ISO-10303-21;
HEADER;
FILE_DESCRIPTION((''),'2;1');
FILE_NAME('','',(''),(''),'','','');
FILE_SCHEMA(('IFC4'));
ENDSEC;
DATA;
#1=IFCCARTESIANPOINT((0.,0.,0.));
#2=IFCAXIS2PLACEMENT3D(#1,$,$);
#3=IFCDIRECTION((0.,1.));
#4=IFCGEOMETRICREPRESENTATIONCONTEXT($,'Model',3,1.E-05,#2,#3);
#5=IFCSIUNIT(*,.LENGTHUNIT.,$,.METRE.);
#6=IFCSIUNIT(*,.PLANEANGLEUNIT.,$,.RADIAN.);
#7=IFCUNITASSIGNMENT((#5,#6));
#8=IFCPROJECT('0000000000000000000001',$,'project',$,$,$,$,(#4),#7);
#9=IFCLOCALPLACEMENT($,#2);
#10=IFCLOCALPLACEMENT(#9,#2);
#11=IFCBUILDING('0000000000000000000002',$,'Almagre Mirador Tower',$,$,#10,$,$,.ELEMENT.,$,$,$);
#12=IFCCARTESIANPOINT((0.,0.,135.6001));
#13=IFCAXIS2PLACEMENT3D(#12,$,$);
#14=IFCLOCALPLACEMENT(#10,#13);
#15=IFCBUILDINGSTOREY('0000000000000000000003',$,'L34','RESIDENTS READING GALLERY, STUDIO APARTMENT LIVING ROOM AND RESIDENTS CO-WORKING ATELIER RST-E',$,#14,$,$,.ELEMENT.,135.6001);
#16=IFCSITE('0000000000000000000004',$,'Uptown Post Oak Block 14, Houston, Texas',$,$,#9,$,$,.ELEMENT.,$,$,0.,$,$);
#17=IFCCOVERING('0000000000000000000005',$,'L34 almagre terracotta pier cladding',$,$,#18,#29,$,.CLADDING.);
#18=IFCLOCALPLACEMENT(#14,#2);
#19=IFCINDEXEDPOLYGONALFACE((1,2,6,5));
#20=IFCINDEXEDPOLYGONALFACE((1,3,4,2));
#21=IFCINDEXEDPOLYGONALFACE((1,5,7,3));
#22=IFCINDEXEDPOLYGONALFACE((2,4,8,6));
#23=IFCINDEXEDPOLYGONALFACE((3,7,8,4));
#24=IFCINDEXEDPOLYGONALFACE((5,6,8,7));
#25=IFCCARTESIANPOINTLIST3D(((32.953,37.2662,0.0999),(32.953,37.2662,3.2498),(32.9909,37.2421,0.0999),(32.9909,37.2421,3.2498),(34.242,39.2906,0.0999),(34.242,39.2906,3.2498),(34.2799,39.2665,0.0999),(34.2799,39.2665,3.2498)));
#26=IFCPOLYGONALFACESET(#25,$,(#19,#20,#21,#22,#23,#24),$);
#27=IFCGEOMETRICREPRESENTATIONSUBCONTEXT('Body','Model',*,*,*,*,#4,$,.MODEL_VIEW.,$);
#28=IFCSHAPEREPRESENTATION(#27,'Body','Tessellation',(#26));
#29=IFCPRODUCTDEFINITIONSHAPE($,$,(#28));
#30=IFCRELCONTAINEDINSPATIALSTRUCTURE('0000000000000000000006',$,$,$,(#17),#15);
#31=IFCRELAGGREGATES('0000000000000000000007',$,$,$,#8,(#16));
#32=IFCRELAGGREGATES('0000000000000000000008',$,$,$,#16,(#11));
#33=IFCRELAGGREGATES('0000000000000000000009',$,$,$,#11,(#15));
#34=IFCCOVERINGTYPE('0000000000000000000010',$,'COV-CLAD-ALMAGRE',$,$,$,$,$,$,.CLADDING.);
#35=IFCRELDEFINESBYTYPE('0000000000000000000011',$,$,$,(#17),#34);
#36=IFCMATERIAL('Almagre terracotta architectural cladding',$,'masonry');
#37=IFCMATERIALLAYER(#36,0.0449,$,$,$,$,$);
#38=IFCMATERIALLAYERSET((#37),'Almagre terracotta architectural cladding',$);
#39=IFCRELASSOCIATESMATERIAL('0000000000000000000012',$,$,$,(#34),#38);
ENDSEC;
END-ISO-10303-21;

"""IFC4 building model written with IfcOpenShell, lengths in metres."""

from ifc_helpers import new_model, si_unit, direction, frame, origin, origin_2d, place, context, subcontext, project, spatial, rectangle, extrude, material, layer, layer_set, type_object, element, save


model = new_model("IFC4")

# Units and contexts
model_context = context("Model", 3, precision=1e-05, world=origin(), true_north=direction((0.0, 1.0)))
body_context = subcontext(model_context, "Body", "Model", "MODEL_VIEW")
ifc_project = project(units=[si_unit("LENGTHUNIT", "METRE"), si_unit("PLANEANGLEUNIT", "RADIAN")], contexts=[model_context])

# Site, building, storey
site_placement = place(None, origin())
site = spatial("IfcSite", under=ifc_project, at=site_placement, Name="Uptown Post Oak Block 14, Houston, Texas", CompositionType="ELEMENT", RefElevation=0.0)
building_placement = place(site_placement, origin())
building = spatial("IfcBuilding", under=site, at=building_placement, Name="Almagre Mirador Tower", CompositionType="ELEMENT")
storey_placement = place(building_placement, frame((0.0, 0.0, 135.6001)))
storey = spatial("IfcBuildingStorey", under=building, at=storey_placement, Name="L34", Description="RESIDENTS READING GALLERY, STUDIO APARTMENT LIVING ROOM AND RESIDENTS CO-WORKING ATELIER RST-E", CompositionType="ELEMENT", Elevation=135.6001)

# Covering
ifc_material_1 = material(Name="Almagre terracotta architectural cladding", Category="masonry")
ifc_layer_1 = layer(ifc_material_1, 0.0449)
ifc_layer_set_1 = layer_set([ifc_layer_1], Name="Almagre terracotta architectural cladding")
covering_type = type_object("IfcCoveringType", Name="COV-CLAD-ALMAGRE", PredefinedType="CLADDING", material=ifc_layer_set_1)
for number, where, z_axis, x_axis, name in (
    (1, (33.6165, 38.2664, 0.0999), (0.0, 0.0, 1.0), (0.537108, 0.843513, 0.0), "L34 almagre terracotta pier cladding"),
):
    element("IfcCovering", number, at=place(storey_placement, frame(where, z_axis=z_axis, x_axis=x_axis)), inside=storey, type_object=covering_type, Name=name, PredefinedType="CLADDING", context=body_context, shape_type="SweptSolid", body=[
        extrude(rectangle(XDim=2.3999, YDim=0.0449, at=origin_2d()), origin(), (0.0, 0.0, 1.0), 3.1499),
    ])

save(model, "model.ifc")
